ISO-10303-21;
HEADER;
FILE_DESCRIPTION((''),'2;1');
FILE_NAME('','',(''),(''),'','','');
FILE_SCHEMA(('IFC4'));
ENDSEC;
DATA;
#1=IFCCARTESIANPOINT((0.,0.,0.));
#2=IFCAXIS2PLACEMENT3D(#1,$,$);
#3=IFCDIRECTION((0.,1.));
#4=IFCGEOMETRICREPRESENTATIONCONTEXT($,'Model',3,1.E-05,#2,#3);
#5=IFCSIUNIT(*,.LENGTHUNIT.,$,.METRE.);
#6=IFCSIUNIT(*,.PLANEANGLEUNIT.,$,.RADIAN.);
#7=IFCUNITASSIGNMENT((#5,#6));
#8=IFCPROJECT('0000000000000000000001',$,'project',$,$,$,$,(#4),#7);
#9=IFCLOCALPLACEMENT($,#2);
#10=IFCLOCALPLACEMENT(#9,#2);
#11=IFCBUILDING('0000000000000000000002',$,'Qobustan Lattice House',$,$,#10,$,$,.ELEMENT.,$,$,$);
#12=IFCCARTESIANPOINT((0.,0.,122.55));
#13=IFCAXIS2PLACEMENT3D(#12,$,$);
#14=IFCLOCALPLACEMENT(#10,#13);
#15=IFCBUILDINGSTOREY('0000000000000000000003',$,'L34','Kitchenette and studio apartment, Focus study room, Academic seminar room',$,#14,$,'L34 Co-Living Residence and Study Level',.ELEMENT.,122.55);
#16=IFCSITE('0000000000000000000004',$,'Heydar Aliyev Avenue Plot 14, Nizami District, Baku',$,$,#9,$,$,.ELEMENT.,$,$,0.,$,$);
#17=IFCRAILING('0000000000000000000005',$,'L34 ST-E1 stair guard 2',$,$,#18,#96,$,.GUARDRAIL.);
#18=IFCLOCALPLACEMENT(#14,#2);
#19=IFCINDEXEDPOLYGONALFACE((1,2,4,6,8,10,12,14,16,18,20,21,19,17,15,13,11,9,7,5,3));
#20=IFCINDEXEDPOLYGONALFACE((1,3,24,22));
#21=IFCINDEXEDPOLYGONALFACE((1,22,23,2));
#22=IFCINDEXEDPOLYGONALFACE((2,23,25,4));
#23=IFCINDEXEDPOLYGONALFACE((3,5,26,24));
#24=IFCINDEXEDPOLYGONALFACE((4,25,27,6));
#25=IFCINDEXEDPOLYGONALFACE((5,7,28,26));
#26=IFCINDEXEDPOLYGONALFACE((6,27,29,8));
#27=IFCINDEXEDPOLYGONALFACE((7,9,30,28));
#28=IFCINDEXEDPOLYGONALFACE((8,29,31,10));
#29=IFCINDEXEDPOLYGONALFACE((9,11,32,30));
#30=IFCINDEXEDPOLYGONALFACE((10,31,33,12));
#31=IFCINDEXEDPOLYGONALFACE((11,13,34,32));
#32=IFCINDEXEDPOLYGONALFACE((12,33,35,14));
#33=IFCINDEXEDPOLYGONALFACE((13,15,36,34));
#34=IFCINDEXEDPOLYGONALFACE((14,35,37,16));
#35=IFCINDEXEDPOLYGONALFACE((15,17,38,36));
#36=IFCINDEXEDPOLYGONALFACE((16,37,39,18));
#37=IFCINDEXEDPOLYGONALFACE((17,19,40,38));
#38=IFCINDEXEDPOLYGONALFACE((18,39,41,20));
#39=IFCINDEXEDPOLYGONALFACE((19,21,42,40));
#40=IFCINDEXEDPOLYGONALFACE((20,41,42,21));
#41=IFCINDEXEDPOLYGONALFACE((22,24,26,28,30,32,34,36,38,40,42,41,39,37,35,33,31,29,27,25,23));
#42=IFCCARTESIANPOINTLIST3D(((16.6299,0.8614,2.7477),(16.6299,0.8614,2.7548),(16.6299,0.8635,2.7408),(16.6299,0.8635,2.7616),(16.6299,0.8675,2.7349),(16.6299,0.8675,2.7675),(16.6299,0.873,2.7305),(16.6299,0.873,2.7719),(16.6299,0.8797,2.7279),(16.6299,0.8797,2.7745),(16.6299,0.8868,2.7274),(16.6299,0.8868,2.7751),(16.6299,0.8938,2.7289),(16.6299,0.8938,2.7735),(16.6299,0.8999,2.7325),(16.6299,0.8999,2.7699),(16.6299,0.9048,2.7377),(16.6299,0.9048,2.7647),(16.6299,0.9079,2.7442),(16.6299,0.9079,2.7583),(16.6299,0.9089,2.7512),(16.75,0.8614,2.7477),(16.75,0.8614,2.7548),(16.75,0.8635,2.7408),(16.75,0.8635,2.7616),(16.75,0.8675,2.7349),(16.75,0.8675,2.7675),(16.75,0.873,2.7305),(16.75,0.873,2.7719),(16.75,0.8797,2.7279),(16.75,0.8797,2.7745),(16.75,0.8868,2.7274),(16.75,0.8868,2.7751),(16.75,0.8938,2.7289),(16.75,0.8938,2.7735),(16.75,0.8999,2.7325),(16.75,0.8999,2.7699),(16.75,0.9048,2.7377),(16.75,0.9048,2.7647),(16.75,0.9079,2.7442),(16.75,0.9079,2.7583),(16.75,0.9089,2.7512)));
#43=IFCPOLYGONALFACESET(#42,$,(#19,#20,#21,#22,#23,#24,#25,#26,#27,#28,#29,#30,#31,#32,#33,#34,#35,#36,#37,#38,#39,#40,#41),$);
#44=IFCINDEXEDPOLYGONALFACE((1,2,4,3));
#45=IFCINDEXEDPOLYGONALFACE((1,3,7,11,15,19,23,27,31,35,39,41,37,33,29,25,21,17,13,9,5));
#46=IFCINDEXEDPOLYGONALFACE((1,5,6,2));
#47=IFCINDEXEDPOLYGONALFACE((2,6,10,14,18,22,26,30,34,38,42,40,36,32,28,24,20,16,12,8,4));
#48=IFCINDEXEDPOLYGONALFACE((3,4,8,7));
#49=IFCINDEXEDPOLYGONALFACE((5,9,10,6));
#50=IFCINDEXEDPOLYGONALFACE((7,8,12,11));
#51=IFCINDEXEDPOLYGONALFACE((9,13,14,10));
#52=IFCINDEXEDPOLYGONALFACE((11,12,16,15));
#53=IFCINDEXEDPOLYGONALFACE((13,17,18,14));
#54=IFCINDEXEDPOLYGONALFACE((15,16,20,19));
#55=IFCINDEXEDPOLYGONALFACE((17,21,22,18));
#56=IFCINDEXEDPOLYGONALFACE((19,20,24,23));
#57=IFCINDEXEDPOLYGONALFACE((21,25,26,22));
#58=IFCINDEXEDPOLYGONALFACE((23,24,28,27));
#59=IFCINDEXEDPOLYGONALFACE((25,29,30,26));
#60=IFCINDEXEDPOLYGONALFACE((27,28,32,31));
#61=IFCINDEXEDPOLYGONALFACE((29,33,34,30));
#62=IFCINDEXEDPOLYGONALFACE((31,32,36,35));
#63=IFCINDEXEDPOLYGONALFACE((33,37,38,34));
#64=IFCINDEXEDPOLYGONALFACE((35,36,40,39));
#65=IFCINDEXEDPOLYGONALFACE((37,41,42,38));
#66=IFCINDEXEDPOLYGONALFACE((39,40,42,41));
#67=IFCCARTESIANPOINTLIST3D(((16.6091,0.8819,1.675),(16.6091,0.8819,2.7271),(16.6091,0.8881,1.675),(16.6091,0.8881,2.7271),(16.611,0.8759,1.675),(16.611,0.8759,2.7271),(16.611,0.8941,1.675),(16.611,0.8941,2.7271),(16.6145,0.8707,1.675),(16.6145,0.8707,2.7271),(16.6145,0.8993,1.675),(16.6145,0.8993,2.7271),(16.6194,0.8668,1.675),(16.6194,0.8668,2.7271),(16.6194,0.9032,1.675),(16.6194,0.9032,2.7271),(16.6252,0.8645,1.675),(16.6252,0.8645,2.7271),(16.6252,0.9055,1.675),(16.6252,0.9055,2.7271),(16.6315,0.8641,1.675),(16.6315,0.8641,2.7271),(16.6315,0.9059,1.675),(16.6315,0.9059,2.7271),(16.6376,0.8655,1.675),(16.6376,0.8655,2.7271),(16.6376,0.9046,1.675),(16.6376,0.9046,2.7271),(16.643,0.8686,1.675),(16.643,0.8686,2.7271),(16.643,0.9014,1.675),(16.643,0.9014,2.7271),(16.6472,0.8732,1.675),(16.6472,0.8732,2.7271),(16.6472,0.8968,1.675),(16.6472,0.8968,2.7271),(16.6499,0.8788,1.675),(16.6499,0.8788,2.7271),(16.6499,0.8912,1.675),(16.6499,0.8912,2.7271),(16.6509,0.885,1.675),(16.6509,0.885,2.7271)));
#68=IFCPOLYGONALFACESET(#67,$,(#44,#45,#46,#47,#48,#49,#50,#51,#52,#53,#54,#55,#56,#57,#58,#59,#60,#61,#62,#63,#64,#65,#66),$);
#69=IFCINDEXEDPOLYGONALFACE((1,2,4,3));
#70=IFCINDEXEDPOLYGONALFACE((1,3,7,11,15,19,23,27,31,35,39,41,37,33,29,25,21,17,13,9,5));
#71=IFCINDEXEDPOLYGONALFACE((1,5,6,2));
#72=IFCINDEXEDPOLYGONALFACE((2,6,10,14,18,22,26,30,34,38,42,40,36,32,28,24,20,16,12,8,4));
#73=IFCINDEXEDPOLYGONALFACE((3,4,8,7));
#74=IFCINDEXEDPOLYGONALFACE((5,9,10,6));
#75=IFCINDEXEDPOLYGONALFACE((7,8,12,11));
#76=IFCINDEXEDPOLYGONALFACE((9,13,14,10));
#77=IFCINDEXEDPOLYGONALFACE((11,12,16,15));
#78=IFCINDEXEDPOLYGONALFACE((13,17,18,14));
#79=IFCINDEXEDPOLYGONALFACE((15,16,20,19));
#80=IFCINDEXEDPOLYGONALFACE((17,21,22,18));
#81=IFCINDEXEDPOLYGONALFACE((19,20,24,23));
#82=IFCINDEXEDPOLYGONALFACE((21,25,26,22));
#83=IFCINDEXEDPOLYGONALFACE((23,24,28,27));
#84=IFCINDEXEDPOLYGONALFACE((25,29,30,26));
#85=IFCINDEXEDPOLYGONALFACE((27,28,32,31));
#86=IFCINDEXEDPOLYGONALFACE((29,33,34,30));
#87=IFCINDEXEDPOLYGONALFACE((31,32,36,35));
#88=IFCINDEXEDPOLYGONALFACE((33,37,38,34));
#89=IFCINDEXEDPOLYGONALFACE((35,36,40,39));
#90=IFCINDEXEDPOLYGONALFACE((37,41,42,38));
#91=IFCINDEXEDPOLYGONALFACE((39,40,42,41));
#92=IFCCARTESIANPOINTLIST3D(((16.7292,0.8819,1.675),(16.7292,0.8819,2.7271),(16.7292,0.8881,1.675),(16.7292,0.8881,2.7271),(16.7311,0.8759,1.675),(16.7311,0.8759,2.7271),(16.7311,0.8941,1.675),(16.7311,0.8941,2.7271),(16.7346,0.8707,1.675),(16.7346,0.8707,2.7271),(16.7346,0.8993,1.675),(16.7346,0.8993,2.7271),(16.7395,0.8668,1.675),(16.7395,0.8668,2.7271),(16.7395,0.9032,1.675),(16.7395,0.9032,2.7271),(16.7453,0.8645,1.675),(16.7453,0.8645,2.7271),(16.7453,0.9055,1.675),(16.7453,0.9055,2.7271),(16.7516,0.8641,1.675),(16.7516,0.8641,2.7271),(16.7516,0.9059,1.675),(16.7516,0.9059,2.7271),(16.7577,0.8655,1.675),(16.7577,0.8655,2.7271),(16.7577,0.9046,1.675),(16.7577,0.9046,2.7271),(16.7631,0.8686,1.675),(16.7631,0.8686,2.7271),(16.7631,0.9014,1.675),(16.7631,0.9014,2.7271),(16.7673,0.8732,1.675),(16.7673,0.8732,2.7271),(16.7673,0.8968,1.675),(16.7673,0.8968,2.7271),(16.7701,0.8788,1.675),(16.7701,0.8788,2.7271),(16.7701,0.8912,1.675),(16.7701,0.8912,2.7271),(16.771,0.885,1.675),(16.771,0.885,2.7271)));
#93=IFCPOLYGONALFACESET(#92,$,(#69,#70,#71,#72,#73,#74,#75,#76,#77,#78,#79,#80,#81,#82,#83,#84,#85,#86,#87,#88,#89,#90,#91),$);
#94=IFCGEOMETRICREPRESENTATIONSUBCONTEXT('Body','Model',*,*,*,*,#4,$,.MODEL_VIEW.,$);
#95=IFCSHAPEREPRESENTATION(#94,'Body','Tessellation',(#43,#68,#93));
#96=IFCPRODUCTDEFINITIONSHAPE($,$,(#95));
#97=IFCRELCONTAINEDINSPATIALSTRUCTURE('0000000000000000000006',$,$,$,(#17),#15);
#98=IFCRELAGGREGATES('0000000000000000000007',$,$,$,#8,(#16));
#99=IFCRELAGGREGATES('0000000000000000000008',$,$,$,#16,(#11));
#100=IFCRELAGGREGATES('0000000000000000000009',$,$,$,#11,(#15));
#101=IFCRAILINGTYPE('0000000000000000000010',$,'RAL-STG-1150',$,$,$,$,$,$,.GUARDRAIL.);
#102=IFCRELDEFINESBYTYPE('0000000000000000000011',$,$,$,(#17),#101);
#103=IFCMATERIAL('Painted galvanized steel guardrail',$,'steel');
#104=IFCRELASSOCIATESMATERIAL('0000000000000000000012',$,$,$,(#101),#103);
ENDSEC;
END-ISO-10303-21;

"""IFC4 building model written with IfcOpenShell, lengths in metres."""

from ifc_helpers import new_model, si_unit, direction, frame, origin, origin_2d, place, context, subcontext, project, spatial, circle, extrude, material, type_object, element, save


model = new_model("IFC4")

# Units and contexts
model_context = context("Model", 3, precision=1e-05, world=origin(), true_north=direction((0.0, 1.0)))
body_context = subcontext(model_context, "Body", "Model", "MODEL_VIEW")
ifc_project = project(units=[si_unit("LENGTHUNIT", "METRE"), si_unit("PLANEANGLEUNIT", "RADIAN")], contexts=[model_context])

# Site, building, storey
site_placement = place(None, origin())
site = spatial("IfcSite", under=ifc_project, at=site_placement, Name="Heydar Aliyev Avenue Plot 14, Nizami District, Baku", CompositionType="ELEMENT", RefElevation=0.0)
building_placement = place(site_placement, origin())
building = spatial("IfcBuilding", under=site, at=building_placement, Name="Qobustan Lattice House", CompositionType="ELEMENT")
storey_placement = place(building_placement, frame((0.0, 0.0, 122.55)))
storey = spatial("IfcBuildingStorey", under=building, at=storey_placement, Name="L34", Description="Kitchenette and studio apartment, Focus study room, Academic seminar room", LongName="L34 Co-Living Residence and Study Level", CompositionType="ELEMENT", Elevation=122.55)

# Railing
ifc_material_1 = material(Name="Painted galvanized steel guardrail", Category="steel")
railing_type_1 = type_object("IfcRailingType", Name="RAL-STG-1150", PredefinedType="GUARDRAIL", material=ifc_material_1)
railing_1_placement = place(storey_placement, frame((16.6299, 0.885, 1.675)))
element("IfcRailing", 1, at=railing_1_placement, inside=storey, type_object=railing_type_1, Name="L34 ST-E1 stair guard 2", PredefinedType="GUARDRAIL", context=body_context, shape_type="SweptSolid", body=[
    extrude(circle(Radius=0.0239, at=origin_2d()), frame((0.0, 0.0, 1.0762), z_axis=(1.0, 0.0, 0.0), x_axis=(0.0, 1.0, 0.0)), (0.0, 0.0, 1.0), 0.1201),
    extrude(circle(Radius=0.021, at=origin_2d()), origin(), (0.0, 0.0, 1.0), 1.052),
    extrude(circle(Radius=0.021, at=origin_2d()), frame((0.1201, 0.0, 0.0)), (0.0, 0.0, 1.0), 1.052),
])

save(model, "model.ifc")
